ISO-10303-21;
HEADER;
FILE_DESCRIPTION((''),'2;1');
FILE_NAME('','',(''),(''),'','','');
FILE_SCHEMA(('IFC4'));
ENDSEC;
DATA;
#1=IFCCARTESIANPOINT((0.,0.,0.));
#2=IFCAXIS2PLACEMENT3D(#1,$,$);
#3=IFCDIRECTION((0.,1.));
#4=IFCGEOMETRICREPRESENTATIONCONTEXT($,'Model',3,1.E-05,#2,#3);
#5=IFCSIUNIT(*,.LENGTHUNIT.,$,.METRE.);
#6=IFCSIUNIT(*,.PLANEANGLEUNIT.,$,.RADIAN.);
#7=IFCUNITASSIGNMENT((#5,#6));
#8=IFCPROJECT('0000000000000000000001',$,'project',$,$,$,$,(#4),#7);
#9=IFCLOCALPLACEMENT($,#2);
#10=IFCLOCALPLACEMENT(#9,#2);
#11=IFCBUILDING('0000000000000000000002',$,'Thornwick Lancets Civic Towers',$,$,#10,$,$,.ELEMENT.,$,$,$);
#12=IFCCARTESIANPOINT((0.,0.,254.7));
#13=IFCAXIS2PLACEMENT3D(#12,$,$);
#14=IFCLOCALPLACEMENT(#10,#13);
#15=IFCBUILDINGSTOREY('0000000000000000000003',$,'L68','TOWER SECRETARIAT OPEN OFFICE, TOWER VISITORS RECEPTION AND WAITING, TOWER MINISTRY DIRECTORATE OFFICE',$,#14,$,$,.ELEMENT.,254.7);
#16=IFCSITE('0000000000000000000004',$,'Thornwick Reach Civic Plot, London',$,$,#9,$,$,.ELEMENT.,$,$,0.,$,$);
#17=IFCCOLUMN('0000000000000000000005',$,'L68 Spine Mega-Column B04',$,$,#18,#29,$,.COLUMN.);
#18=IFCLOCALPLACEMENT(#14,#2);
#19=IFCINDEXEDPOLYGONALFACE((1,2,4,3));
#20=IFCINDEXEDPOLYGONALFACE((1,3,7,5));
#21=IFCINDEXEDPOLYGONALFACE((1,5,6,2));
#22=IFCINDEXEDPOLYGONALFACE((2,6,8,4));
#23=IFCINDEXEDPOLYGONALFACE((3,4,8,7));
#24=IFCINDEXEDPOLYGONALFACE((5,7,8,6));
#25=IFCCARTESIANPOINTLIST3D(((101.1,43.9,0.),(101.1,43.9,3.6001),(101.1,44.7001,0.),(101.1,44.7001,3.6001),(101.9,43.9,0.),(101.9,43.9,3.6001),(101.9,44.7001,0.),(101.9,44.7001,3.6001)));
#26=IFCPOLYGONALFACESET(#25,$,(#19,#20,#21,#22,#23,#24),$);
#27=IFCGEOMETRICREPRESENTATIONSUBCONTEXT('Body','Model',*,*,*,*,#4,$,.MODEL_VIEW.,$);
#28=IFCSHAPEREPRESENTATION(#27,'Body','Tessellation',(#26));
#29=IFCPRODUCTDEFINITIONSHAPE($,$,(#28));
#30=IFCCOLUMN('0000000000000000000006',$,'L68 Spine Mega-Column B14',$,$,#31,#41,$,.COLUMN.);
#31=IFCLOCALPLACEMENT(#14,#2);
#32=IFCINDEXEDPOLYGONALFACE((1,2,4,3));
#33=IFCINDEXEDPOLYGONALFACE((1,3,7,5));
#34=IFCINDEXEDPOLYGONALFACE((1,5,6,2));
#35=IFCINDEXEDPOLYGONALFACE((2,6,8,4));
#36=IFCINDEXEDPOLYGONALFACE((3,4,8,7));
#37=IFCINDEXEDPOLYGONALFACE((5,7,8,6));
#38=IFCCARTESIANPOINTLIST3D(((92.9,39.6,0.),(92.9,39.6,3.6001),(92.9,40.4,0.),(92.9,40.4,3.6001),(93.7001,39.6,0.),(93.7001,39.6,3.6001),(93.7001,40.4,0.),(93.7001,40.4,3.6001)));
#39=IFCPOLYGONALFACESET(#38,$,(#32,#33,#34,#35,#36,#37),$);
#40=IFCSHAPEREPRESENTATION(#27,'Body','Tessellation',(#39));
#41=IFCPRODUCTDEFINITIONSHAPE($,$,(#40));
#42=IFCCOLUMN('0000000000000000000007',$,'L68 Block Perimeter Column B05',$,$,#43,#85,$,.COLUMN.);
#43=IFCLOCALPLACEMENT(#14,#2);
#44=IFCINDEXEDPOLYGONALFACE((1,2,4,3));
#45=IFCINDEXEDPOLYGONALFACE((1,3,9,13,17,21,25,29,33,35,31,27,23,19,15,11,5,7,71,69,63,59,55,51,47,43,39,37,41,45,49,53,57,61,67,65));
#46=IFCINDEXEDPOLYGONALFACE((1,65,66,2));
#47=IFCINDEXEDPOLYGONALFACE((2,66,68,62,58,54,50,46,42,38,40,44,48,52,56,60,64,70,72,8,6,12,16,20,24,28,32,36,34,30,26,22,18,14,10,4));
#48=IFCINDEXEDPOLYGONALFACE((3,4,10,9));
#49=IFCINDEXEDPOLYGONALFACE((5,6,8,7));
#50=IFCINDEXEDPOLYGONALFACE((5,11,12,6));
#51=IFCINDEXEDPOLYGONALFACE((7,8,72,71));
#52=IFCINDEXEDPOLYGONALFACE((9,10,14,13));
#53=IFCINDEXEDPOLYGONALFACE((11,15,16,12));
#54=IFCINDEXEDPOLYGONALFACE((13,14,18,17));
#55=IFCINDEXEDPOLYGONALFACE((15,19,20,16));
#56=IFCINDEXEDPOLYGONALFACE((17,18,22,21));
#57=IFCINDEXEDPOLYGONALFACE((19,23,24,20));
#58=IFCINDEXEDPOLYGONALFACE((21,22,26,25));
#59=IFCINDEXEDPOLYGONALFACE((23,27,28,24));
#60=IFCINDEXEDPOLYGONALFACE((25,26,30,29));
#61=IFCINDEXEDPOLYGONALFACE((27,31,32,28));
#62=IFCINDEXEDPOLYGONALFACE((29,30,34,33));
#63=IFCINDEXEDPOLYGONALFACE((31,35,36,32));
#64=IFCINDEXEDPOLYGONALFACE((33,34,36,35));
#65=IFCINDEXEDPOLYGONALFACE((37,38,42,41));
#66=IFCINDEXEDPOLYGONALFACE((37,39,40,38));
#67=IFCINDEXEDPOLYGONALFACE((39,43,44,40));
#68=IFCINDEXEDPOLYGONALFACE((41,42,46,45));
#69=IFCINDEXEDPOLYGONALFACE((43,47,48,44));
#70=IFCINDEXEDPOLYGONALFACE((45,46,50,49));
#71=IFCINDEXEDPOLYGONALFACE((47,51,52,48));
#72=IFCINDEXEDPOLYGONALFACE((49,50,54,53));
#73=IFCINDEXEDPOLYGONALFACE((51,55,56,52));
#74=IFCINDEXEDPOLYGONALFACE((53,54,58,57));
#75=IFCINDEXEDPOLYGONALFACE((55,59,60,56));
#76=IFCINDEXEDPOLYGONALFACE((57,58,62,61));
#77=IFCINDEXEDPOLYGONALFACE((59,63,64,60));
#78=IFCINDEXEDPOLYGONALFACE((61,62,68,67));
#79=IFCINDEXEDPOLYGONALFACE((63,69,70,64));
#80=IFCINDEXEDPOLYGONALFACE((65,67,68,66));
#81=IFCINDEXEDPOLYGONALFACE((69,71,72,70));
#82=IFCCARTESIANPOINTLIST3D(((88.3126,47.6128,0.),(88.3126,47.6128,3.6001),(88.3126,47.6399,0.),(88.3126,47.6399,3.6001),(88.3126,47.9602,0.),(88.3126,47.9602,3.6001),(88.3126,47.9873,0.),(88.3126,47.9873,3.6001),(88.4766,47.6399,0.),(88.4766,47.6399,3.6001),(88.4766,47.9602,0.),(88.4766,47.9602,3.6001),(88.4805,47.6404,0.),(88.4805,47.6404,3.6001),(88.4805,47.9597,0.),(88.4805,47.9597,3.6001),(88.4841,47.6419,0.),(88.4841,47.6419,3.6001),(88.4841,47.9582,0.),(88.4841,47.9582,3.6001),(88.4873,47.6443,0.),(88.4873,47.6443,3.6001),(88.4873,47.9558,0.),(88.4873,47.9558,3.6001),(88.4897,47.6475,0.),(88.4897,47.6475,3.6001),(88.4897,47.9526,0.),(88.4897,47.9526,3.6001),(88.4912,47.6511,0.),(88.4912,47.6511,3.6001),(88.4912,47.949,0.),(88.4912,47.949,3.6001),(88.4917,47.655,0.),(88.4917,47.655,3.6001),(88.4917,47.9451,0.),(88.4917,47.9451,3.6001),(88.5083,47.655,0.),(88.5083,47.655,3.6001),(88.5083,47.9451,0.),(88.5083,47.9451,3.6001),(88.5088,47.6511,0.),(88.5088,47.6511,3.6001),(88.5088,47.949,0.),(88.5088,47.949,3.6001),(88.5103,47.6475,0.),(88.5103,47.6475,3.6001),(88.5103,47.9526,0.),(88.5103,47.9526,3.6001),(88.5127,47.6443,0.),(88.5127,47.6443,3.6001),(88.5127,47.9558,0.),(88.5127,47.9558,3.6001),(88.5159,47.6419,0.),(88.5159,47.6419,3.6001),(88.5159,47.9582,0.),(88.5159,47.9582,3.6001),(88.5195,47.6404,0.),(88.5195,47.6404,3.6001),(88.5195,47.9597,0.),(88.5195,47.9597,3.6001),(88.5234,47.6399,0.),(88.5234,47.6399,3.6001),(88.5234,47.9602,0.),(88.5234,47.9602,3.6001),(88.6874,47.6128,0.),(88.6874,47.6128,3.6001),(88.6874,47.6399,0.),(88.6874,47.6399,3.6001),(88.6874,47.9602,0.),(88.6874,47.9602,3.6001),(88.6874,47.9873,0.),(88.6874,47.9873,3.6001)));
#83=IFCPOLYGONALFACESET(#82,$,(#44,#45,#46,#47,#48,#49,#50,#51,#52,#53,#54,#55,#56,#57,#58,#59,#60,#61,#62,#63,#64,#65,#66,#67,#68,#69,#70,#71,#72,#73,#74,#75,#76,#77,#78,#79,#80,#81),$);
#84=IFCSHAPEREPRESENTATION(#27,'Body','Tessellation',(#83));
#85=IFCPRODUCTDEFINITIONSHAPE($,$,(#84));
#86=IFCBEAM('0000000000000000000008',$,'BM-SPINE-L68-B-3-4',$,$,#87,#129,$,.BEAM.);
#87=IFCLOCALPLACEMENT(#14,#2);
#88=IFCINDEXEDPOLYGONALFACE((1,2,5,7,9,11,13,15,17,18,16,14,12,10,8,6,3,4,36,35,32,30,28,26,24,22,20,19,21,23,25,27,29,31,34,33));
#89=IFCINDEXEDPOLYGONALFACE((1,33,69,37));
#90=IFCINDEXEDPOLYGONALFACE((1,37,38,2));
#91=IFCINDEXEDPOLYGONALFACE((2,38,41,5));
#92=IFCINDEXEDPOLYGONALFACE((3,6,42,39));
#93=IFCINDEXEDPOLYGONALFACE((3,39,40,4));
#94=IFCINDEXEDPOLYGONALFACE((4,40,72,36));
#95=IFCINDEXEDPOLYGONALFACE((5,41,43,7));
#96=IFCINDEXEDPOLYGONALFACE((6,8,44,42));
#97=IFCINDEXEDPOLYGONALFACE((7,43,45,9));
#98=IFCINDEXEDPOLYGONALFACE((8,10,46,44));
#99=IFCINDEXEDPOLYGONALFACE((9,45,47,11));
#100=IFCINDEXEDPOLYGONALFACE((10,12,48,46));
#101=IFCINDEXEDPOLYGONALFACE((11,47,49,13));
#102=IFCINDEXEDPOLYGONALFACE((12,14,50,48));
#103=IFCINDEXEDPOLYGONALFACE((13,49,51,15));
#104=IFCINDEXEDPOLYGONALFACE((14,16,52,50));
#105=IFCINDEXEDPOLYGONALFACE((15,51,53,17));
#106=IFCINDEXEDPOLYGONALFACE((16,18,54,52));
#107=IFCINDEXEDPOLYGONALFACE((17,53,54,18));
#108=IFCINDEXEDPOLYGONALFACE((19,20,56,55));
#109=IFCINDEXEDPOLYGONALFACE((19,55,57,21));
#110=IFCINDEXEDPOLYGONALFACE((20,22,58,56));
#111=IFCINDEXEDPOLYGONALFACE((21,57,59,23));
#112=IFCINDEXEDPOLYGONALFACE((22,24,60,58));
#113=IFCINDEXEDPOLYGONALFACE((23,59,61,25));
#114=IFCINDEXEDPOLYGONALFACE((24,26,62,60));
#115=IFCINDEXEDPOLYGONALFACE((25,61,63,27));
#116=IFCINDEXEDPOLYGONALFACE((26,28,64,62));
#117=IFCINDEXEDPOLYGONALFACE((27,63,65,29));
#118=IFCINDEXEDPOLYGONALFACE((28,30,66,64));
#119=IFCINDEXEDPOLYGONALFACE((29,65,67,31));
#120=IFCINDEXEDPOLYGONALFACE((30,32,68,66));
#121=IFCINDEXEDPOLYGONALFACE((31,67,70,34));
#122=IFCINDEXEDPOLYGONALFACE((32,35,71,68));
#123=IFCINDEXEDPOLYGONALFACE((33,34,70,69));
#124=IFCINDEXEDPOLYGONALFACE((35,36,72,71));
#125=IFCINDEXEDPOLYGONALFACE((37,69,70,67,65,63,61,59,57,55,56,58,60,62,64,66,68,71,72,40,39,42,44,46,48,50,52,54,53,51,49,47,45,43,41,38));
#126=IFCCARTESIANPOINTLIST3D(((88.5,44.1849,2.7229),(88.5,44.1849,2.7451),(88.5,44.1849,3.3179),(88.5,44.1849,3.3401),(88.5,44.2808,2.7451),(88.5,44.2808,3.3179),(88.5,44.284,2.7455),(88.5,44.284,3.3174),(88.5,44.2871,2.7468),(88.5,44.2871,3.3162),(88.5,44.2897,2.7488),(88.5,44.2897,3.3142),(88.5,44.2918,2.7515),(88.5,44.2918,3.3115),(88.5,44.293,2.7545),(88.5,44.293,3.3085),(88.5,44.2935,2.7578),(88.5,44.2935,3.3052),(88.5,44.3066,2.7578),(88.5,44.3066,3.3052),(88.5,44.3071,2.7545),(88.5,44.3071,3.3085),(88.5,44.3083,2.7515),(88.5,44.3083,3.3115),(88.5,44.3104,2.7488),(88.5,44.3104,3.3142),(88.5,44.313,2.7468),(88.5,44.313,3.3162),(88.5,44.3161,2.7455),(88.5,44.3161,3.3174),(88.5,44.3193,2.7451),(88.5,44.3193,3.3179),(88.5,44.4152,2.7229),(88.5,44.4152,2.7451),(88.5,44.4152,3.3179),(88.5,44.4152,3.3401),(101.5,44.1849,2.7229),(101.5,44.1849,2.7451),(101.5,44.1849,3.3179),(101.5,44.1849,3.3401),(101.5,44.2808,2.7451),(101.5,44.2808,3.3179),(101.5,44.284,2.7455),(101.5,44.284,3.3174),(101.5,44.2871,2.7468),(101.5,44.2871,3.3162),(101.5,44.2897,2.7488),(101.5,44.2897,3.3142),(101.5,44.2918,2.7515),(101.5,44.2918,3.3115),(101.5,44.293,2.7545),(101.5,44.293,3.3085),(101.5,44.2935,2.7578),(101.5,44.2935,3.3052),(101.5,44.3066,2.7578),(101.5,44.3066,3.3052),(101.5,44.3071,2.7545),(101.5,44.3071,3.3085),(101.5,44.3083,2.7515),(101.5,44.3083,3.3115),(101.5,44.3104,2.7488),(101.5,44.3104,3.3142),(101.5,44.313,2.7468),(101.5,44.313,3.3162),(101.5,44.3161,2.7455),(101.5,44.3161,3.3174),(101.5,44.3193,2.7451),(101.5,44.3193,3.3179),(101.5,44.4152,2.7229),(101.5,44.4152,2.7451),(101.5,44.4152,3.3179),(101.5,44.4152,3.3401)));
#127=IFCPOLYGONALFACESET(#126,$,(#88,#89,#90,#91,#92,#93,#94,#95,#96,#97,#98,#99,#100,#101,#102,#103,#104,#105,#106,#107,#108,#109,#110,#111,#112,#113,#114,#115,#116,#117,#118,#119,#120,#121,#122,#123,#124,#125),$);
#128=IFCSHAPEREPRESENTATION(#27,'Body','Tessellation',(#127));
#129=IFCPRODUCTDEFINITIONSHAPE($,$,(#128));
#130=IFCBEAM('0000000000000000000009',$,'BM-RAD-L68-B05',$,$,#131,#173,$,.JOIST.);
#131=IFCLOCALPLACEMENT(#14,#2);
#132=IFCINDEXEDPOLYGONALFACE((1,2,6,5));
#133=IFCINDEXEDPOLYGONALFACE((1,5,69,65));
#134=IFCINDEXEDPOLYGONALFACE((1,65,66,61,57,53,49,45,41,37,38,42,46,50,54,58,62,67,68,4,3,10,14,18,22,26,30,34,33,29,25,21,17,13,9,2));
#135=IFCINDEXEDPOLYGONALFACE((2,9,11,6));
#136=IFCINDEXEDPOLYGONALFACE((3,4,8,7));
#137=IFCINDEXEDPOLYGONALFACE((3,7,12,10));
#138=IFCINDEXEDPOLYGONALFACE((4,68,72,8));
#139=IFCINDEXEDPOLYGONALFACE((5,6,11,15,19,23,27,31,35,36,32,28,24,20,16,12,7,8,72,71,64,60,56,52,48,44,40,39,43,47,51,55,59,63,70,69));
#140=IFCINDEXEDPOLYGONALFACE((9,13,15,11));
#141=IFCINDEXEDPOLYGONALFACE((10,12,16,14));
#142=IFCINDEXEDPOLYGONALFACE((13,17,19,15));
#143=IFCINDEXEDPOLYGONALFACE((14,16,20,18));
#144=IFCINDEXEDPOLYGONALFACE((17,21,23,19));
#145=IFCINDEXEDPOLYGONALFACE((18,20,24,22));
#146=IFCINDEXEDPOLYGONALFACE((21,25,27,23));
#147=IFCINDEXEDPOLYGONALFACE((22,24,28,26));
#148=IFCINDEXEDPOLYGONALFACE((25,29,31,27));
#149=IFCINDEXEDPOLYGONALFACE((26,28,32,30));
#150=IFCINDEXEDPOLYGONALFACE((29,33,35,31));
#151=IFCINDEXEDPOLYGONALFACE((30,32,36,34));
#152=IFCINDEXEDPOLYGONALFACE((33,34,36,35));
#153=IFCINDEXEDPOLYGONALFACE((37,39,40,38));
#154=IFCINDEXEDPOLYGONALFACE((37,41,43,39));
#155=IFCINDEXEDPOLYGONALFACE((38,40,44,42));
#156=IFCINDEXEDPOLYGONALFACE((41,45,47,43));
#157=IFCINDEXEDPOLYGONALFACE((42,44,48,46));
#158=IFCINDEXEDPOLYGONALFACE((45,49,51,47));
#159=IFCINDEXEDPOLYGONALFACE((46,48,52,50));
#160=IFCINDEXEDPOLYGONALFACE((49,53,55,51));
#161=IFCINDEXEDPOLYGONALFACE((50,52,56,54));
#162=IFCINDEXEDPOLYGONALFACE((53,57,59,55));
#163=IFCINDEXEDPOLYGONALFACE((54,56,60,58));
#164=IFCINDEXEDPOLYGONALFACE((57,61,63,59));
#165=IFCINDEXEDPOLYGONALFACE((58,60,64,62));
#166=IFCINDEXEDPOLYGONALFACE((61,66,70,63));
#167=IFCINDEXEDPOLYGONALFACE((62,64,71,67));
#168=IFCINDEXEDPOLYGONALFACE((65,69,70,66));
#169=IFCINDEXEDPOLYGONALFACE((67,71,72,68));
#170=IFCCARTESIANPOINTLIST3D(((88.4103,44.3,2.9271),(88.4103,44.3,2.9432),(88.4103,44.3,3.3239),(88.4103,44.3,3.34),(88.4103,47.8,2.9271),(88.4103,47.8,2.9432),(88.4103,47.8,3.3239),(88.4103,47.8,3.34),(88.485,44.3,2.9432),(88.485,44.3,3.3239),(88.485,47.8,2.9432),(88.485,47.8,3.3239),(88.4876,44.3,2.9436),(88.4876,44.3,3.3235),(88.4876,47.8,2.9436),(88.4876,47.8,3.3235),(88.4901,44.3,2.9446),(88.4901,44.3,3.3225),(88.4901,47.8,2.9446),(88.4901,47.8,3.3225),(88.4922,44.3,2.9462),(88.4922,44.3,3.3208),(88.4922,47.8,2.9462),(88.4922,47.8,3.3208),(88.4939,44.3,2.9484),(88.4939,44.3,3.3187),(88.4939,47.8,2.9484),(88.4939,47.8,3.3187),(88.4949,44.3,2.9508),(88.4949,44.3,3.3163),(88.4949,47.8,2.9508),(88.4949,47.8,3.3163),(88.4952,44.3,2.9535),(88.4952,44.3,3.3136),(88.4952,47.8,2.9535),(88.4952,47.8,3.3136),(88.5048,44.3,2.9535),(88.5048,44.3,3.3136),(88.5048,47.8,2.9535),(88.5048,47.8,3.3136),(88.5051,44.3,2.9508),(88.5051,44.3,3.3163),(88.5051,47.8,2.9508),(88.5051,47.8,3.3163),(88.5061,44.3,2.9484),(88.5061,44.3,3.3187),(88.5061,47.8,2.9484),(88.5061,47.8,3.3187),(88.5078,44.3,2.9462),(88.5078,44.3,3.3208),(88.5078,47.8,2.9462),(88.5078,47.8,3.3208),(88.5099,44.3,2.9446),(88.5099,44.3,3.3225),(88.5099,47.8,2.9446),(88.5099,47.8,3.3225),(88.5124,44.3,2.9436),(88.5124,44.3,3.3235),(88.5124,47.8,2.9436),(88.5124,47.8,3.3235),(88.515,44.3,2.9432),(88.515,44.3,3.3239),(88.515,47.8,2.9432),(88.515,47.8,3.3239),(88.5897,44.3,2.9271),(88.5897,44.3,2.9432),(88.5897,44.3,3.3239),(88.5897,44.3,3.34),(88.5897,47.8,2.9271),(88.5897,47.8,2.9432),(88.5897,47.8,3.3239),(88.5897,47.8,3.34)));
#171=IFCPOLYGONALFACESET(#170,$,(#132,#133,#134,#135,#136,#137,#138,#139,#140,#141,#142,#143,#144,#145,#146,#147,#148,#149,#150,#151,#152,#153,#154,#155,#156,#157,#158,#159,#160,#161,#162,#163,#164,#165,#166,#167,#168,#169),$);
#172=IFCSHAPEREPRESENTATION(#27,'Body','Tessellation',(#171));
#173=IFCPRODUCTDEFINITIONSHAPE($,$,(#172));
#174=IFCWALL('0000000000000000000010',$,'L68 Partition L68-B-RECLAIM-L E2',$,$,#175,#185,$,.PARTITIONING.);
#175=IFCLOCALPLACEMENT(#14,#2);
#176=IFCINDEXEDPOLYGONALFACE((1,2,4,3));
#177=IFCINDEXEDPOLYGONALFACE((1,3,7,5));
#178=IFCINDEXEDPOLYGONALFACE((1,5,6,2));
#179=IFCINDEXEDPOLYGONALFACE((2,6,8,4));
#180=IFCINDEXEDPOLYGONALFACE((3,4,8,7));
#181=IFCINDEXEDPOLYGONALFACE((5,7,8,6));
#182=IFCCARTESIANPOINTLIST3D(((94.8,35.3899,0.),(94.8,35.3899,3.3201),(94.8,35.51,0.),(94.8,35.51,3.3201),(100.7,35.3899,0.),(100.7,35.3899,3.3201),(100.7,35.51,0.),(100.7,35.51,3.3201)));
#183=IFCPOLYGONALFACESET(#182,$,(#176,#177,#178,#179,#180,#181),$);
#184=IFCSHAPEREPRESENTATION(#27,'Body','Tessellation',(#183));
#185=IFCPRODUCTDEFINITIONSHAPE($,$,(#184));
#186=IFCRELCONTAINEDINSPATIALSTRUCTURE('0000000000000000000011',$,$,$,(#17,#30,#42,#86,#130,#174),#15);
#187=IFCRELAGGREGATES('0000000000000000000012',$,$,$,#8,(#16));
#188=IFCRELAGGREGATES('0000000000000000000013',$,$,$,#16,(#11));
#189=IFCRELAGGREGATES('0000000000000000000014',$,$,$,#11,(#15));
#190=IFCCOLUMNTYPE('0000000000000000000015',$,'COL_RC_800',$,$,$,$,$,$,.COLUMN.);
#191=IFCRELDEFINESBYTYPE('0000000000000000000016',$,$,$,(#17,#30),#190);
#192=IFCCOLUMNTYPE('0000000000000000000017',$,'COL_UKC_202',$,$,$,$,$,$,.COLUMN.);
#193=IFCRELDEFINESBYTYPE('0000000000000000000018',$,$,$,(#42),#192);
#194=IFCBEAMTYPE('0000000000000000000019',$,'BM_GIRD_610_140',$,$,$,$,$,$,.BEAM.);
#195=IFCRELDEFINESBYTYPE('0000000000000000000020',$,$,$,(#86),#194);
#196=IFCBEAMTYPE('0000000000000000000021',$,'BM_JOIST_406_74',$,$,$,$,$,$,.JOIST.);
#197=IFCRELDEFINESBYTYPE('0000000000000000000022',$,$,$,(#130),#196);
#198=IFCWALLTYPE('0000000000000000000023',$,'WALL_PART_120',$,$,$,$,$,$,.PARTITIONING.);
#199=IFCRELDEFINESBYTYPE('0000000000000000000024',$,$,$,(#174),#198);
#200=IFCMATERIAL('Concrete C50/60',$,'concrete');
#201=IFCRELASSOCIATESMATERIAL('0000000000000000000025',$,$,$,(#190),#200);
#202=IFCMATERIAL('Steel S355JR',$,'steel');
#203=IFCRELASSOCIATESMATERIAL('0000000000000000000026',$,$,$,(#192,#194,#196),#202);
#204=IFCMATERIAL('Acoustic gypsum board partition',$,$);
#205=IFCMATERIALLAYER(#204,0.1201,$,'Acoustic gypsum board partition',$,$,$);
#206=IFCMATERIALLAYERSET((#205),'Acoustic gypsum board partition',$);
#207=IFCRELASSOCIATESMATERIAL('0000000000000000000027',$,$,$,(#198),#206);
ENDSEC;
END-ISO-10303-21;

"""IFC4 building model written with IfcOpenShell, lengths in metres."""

from ifc_helpers import new_model, si_unit, direction, frame, frame_2d, origin, origin_2d, place, context, subcontext, project, spatial, rectangle, i_section, extrude, material, layer, layer_set, material_profile, profile_set, type_object, element, save


model = new_model("IFC4")

# Units and contexts
model_context = context("Model", 3, precision=1e-05, world=origin(), true_north=direction((0.0, 1.0)))
body_context = subcontext(model_context, "Body", "Model", "MODEL_VIEW")
ifc_project = project(units=[si_unit("LENGTHUNIT", "METRE"), si_unit("PLANEANGLEUNIT", "RADIAN")], contexts=[model_context])

# Site, building, storey
site_placement = place(None, origin())
site = spatial("IfcSite", under=ifc_project, at=site_placement, Name="Thornwick Reach Civic Plot, London", CompositionType="ELEMENT", RefElevation=0.0)
building_placement = place(site_placement, origin())
building = spatial("IfcBuilding", under=site, at=building_placement, Name="Thornwick Lancets Civic Towers", CompositionType="ELEMENT")
storey_placement = place(building_placement, frame((0.0, 0.0, 254.7)))
storey = spatial("IfcBuildingStorey", under=building, at=storey_placement, Name="L68", Description="TOWER SECRETARIAT OPEN OFFICE, TOWER VISITORS RECEPTION AND WAITING, TOWER MINISTRY DIRECTORATE OFFICE", CompositionType="ELEMENT", Elevation=254.7)

# Columns
ifc_material_1 = material(Name="Concrete C50/60", Category="concrete")
ifc_material_profile_1 = material_profile(ifc_material_1, rectangle(XDim=0.8, YDim=0.8, at=origin_2d()), Name="RC 800x800")
ifc_profile_set_1 = profile_set([ifc_material_profile_1], Name="Concrete C50/60")
column_type_1 = type_object("IfcColumnType", Name="COL_RC_800", PredefinedType="COLUMN", material=ifc_profile_set_1)
for number, where, z_axis, x_axis, name in (
    (1, (101.5, 44.3, 0.0), (0.0, 0.0, 1.0), (1.0, 0.0, 0.0), "L68 Spine Mega-Column B04"),
    (2, (93.3, 40.0, 0.0), (0.0, 0.0, 1.0), (1.0, 0.0, 0.0), "L68 Spine Mega-Column B14"),
):
    element("IfcColumn", number, at=place(storey_placement, frame(where, z_axis=z_axis, x_axis=x_axis)), inside=storey, type_object=column_type_1, Name=name, PredefinedType="COLUMN", context=body_context, shape_type="SweptSolid", body=[
        extrude(rectangle(XDim=0.8, YDim=0.8, at=origin_2d()), origin(), (0.0, 0.0, 1.0), 3.6001),
    ])
ifc_material_2 = material(Name="Steel S355JR", Category="steel")
ifc_material_profile_2 = material_profile(ifc_material_2, i_section(OverallWidth=0.3748, OverallDepth=0.3745, WebThickness=0.0166, FlangeThickness=0.0271, FilletRadius=0.0151, at=origin_2d()), Name="UKC 356x368x202")
ifc_profile_set_2 = profile_set([ifc_material_profile_2], Name="Steel S355JR")
column_type_2 = type_object("IfcColumnType", Name="COL_UKC_202", PredefinedType="COLUMN", material=ifc_profile_set_2)
column_placement = place(storey_placement, frame((88.5, 47.8, 0.0), z_axis=(0.0, 0.0, 1.0), x_axis=(1.0, 0.0, 0.0)))
element("IfcColumn", 3, at=column_placement, inside=storey, type_object=column_type_2, Name="L68 Block Perimeter Column B05", PredefinedType="COLUMN", context=body_context, shape_type="SweptSolid", body=[
    extrude(i_section(OverallWidth=0.3748, OverallDepth=0.3745, WebThickness=0.0166, FlangeThickness=0.0271, FilletRadius=0.0151, at=origin_2d()), origin(), (0.0, 0.0, 1.0), 3.6001),
])

# Beams
ifc_material_profile_3 = material_profile(ifc_material_2, i_section(OverallWidth=0.2302, OverallDepth=0.6172, WebThickness=0.0132, FlangeThickness=0.0222, FilletRadius=0.0127, at=origin_2d()), Name="UKB 610x229x140")
ifc_profile_set_3 = profile_set([ifc_material_profile_3], Name="Steel S355JR")
beam_type_1 = type_object("IfcBeamType", Name="BM_GIRD_610_140", PredefinedType="BEAM", material=ifc_profile_set_3)
beam_1_placement = place(storey_placement, frame((101.5, 44.3, 3.0315), z_axis=(-1.0, 0.0, 0.0), x_axis=(0.0, -1.0, 0.0)))
element("IfcBeam", 4, at=beam_1_placement, inside=storey, type_object=beam_type_1, Name="BM-SPINE-L68-B-3-4", PredefinedType="BEAM", context=body_context, shape_type="SweptSolid", body=[
    extrude(i_section(OverallWidth=0.2302, OverallDepth=0.6172, WebThickness=0.0132, FlangeThickness=0.0222, FilletRadius=0.0127, at=origin_2d()), origin(), (0.0, 0.0, 1.0), 13.0),
])
ifc_material_profile_4 = material_profile(ifc_material_2, i_section(OverallWidth=0.1794, OverallDepth=0.4128, WebThickness=0.0095, FlangeThickness=0.0161, FilletRadius=0.0103, at=origin_2d()), Name="UKB 406x178x74")
ifc_profile_set_4 = profile_set([ifc_material_profile_4], Name="Steel S355JR")
beam_type_2 = type_object("IfcBeamType", Name="BM_JOIST_406_74", PredefinedType="JOIST", material=ifc_profile_set_4)
beam_2_placement = place(storey_placement, frame((88.5, 44.3, 3.1335), z_axis=(0.0, 1.0, 0.0), x_axis=(-1.0, 0.0, 0.0)))
element("IfcBeam", 5, at=beam_2_placement, inside=storey, type_object=beam_type_2, Name="BM-RAD-L68-B05", PredefinedType="JOIST", context=body_context, shape_type="SweptSolid", body=[
    extrude(i_section(OverallWidth=0.1794, OverallDepth=0.4128, WebThickness=0.0095, FlangeThickness=0.0161, FilletRadius=0.0103, at=origin_2d()), origin(), (0.0, 0.0, 1.0), 3.5),
])

# Wall
ifc_material_3 = material(Name="Acoustic gypsum board partition")
ifc_layer = layer(ifc_material_3, 0.1201, Name="Acoustic gypsum board partition")
ifc_layer_set = layer_set([ifc_layer], Name="Acoustic gypsum board partition")
wall_type = type_object("IfcWallType", Name="WALL_PART_120", PredefinedType="PARTITIONING", material=ifc_layer_set)
wall_1_placement = place(storey_placement, frame((94.8, 35.45, 0.0), z_axis=(0.0, 0.0, 1.0), x_axis=(1.0, 0.0, 0.0)))
element("IfcWall", 6, at=wall_1_placement, inside=storey, type_object=wall_type, Name="L68 Partition L68-B-RECLAIM-L E2", PredefinedType="PARTITIONING", context=body_context, shape_type="SweptSolid", body=[
    extrude(rectangle(XDim=5.8999, YDim=0.1201, at=frame_2d((2.95, 0.0))), origin(), (0.0, 0.0, 1.0), 3.3201),
])

save(model, "model.ifc")
